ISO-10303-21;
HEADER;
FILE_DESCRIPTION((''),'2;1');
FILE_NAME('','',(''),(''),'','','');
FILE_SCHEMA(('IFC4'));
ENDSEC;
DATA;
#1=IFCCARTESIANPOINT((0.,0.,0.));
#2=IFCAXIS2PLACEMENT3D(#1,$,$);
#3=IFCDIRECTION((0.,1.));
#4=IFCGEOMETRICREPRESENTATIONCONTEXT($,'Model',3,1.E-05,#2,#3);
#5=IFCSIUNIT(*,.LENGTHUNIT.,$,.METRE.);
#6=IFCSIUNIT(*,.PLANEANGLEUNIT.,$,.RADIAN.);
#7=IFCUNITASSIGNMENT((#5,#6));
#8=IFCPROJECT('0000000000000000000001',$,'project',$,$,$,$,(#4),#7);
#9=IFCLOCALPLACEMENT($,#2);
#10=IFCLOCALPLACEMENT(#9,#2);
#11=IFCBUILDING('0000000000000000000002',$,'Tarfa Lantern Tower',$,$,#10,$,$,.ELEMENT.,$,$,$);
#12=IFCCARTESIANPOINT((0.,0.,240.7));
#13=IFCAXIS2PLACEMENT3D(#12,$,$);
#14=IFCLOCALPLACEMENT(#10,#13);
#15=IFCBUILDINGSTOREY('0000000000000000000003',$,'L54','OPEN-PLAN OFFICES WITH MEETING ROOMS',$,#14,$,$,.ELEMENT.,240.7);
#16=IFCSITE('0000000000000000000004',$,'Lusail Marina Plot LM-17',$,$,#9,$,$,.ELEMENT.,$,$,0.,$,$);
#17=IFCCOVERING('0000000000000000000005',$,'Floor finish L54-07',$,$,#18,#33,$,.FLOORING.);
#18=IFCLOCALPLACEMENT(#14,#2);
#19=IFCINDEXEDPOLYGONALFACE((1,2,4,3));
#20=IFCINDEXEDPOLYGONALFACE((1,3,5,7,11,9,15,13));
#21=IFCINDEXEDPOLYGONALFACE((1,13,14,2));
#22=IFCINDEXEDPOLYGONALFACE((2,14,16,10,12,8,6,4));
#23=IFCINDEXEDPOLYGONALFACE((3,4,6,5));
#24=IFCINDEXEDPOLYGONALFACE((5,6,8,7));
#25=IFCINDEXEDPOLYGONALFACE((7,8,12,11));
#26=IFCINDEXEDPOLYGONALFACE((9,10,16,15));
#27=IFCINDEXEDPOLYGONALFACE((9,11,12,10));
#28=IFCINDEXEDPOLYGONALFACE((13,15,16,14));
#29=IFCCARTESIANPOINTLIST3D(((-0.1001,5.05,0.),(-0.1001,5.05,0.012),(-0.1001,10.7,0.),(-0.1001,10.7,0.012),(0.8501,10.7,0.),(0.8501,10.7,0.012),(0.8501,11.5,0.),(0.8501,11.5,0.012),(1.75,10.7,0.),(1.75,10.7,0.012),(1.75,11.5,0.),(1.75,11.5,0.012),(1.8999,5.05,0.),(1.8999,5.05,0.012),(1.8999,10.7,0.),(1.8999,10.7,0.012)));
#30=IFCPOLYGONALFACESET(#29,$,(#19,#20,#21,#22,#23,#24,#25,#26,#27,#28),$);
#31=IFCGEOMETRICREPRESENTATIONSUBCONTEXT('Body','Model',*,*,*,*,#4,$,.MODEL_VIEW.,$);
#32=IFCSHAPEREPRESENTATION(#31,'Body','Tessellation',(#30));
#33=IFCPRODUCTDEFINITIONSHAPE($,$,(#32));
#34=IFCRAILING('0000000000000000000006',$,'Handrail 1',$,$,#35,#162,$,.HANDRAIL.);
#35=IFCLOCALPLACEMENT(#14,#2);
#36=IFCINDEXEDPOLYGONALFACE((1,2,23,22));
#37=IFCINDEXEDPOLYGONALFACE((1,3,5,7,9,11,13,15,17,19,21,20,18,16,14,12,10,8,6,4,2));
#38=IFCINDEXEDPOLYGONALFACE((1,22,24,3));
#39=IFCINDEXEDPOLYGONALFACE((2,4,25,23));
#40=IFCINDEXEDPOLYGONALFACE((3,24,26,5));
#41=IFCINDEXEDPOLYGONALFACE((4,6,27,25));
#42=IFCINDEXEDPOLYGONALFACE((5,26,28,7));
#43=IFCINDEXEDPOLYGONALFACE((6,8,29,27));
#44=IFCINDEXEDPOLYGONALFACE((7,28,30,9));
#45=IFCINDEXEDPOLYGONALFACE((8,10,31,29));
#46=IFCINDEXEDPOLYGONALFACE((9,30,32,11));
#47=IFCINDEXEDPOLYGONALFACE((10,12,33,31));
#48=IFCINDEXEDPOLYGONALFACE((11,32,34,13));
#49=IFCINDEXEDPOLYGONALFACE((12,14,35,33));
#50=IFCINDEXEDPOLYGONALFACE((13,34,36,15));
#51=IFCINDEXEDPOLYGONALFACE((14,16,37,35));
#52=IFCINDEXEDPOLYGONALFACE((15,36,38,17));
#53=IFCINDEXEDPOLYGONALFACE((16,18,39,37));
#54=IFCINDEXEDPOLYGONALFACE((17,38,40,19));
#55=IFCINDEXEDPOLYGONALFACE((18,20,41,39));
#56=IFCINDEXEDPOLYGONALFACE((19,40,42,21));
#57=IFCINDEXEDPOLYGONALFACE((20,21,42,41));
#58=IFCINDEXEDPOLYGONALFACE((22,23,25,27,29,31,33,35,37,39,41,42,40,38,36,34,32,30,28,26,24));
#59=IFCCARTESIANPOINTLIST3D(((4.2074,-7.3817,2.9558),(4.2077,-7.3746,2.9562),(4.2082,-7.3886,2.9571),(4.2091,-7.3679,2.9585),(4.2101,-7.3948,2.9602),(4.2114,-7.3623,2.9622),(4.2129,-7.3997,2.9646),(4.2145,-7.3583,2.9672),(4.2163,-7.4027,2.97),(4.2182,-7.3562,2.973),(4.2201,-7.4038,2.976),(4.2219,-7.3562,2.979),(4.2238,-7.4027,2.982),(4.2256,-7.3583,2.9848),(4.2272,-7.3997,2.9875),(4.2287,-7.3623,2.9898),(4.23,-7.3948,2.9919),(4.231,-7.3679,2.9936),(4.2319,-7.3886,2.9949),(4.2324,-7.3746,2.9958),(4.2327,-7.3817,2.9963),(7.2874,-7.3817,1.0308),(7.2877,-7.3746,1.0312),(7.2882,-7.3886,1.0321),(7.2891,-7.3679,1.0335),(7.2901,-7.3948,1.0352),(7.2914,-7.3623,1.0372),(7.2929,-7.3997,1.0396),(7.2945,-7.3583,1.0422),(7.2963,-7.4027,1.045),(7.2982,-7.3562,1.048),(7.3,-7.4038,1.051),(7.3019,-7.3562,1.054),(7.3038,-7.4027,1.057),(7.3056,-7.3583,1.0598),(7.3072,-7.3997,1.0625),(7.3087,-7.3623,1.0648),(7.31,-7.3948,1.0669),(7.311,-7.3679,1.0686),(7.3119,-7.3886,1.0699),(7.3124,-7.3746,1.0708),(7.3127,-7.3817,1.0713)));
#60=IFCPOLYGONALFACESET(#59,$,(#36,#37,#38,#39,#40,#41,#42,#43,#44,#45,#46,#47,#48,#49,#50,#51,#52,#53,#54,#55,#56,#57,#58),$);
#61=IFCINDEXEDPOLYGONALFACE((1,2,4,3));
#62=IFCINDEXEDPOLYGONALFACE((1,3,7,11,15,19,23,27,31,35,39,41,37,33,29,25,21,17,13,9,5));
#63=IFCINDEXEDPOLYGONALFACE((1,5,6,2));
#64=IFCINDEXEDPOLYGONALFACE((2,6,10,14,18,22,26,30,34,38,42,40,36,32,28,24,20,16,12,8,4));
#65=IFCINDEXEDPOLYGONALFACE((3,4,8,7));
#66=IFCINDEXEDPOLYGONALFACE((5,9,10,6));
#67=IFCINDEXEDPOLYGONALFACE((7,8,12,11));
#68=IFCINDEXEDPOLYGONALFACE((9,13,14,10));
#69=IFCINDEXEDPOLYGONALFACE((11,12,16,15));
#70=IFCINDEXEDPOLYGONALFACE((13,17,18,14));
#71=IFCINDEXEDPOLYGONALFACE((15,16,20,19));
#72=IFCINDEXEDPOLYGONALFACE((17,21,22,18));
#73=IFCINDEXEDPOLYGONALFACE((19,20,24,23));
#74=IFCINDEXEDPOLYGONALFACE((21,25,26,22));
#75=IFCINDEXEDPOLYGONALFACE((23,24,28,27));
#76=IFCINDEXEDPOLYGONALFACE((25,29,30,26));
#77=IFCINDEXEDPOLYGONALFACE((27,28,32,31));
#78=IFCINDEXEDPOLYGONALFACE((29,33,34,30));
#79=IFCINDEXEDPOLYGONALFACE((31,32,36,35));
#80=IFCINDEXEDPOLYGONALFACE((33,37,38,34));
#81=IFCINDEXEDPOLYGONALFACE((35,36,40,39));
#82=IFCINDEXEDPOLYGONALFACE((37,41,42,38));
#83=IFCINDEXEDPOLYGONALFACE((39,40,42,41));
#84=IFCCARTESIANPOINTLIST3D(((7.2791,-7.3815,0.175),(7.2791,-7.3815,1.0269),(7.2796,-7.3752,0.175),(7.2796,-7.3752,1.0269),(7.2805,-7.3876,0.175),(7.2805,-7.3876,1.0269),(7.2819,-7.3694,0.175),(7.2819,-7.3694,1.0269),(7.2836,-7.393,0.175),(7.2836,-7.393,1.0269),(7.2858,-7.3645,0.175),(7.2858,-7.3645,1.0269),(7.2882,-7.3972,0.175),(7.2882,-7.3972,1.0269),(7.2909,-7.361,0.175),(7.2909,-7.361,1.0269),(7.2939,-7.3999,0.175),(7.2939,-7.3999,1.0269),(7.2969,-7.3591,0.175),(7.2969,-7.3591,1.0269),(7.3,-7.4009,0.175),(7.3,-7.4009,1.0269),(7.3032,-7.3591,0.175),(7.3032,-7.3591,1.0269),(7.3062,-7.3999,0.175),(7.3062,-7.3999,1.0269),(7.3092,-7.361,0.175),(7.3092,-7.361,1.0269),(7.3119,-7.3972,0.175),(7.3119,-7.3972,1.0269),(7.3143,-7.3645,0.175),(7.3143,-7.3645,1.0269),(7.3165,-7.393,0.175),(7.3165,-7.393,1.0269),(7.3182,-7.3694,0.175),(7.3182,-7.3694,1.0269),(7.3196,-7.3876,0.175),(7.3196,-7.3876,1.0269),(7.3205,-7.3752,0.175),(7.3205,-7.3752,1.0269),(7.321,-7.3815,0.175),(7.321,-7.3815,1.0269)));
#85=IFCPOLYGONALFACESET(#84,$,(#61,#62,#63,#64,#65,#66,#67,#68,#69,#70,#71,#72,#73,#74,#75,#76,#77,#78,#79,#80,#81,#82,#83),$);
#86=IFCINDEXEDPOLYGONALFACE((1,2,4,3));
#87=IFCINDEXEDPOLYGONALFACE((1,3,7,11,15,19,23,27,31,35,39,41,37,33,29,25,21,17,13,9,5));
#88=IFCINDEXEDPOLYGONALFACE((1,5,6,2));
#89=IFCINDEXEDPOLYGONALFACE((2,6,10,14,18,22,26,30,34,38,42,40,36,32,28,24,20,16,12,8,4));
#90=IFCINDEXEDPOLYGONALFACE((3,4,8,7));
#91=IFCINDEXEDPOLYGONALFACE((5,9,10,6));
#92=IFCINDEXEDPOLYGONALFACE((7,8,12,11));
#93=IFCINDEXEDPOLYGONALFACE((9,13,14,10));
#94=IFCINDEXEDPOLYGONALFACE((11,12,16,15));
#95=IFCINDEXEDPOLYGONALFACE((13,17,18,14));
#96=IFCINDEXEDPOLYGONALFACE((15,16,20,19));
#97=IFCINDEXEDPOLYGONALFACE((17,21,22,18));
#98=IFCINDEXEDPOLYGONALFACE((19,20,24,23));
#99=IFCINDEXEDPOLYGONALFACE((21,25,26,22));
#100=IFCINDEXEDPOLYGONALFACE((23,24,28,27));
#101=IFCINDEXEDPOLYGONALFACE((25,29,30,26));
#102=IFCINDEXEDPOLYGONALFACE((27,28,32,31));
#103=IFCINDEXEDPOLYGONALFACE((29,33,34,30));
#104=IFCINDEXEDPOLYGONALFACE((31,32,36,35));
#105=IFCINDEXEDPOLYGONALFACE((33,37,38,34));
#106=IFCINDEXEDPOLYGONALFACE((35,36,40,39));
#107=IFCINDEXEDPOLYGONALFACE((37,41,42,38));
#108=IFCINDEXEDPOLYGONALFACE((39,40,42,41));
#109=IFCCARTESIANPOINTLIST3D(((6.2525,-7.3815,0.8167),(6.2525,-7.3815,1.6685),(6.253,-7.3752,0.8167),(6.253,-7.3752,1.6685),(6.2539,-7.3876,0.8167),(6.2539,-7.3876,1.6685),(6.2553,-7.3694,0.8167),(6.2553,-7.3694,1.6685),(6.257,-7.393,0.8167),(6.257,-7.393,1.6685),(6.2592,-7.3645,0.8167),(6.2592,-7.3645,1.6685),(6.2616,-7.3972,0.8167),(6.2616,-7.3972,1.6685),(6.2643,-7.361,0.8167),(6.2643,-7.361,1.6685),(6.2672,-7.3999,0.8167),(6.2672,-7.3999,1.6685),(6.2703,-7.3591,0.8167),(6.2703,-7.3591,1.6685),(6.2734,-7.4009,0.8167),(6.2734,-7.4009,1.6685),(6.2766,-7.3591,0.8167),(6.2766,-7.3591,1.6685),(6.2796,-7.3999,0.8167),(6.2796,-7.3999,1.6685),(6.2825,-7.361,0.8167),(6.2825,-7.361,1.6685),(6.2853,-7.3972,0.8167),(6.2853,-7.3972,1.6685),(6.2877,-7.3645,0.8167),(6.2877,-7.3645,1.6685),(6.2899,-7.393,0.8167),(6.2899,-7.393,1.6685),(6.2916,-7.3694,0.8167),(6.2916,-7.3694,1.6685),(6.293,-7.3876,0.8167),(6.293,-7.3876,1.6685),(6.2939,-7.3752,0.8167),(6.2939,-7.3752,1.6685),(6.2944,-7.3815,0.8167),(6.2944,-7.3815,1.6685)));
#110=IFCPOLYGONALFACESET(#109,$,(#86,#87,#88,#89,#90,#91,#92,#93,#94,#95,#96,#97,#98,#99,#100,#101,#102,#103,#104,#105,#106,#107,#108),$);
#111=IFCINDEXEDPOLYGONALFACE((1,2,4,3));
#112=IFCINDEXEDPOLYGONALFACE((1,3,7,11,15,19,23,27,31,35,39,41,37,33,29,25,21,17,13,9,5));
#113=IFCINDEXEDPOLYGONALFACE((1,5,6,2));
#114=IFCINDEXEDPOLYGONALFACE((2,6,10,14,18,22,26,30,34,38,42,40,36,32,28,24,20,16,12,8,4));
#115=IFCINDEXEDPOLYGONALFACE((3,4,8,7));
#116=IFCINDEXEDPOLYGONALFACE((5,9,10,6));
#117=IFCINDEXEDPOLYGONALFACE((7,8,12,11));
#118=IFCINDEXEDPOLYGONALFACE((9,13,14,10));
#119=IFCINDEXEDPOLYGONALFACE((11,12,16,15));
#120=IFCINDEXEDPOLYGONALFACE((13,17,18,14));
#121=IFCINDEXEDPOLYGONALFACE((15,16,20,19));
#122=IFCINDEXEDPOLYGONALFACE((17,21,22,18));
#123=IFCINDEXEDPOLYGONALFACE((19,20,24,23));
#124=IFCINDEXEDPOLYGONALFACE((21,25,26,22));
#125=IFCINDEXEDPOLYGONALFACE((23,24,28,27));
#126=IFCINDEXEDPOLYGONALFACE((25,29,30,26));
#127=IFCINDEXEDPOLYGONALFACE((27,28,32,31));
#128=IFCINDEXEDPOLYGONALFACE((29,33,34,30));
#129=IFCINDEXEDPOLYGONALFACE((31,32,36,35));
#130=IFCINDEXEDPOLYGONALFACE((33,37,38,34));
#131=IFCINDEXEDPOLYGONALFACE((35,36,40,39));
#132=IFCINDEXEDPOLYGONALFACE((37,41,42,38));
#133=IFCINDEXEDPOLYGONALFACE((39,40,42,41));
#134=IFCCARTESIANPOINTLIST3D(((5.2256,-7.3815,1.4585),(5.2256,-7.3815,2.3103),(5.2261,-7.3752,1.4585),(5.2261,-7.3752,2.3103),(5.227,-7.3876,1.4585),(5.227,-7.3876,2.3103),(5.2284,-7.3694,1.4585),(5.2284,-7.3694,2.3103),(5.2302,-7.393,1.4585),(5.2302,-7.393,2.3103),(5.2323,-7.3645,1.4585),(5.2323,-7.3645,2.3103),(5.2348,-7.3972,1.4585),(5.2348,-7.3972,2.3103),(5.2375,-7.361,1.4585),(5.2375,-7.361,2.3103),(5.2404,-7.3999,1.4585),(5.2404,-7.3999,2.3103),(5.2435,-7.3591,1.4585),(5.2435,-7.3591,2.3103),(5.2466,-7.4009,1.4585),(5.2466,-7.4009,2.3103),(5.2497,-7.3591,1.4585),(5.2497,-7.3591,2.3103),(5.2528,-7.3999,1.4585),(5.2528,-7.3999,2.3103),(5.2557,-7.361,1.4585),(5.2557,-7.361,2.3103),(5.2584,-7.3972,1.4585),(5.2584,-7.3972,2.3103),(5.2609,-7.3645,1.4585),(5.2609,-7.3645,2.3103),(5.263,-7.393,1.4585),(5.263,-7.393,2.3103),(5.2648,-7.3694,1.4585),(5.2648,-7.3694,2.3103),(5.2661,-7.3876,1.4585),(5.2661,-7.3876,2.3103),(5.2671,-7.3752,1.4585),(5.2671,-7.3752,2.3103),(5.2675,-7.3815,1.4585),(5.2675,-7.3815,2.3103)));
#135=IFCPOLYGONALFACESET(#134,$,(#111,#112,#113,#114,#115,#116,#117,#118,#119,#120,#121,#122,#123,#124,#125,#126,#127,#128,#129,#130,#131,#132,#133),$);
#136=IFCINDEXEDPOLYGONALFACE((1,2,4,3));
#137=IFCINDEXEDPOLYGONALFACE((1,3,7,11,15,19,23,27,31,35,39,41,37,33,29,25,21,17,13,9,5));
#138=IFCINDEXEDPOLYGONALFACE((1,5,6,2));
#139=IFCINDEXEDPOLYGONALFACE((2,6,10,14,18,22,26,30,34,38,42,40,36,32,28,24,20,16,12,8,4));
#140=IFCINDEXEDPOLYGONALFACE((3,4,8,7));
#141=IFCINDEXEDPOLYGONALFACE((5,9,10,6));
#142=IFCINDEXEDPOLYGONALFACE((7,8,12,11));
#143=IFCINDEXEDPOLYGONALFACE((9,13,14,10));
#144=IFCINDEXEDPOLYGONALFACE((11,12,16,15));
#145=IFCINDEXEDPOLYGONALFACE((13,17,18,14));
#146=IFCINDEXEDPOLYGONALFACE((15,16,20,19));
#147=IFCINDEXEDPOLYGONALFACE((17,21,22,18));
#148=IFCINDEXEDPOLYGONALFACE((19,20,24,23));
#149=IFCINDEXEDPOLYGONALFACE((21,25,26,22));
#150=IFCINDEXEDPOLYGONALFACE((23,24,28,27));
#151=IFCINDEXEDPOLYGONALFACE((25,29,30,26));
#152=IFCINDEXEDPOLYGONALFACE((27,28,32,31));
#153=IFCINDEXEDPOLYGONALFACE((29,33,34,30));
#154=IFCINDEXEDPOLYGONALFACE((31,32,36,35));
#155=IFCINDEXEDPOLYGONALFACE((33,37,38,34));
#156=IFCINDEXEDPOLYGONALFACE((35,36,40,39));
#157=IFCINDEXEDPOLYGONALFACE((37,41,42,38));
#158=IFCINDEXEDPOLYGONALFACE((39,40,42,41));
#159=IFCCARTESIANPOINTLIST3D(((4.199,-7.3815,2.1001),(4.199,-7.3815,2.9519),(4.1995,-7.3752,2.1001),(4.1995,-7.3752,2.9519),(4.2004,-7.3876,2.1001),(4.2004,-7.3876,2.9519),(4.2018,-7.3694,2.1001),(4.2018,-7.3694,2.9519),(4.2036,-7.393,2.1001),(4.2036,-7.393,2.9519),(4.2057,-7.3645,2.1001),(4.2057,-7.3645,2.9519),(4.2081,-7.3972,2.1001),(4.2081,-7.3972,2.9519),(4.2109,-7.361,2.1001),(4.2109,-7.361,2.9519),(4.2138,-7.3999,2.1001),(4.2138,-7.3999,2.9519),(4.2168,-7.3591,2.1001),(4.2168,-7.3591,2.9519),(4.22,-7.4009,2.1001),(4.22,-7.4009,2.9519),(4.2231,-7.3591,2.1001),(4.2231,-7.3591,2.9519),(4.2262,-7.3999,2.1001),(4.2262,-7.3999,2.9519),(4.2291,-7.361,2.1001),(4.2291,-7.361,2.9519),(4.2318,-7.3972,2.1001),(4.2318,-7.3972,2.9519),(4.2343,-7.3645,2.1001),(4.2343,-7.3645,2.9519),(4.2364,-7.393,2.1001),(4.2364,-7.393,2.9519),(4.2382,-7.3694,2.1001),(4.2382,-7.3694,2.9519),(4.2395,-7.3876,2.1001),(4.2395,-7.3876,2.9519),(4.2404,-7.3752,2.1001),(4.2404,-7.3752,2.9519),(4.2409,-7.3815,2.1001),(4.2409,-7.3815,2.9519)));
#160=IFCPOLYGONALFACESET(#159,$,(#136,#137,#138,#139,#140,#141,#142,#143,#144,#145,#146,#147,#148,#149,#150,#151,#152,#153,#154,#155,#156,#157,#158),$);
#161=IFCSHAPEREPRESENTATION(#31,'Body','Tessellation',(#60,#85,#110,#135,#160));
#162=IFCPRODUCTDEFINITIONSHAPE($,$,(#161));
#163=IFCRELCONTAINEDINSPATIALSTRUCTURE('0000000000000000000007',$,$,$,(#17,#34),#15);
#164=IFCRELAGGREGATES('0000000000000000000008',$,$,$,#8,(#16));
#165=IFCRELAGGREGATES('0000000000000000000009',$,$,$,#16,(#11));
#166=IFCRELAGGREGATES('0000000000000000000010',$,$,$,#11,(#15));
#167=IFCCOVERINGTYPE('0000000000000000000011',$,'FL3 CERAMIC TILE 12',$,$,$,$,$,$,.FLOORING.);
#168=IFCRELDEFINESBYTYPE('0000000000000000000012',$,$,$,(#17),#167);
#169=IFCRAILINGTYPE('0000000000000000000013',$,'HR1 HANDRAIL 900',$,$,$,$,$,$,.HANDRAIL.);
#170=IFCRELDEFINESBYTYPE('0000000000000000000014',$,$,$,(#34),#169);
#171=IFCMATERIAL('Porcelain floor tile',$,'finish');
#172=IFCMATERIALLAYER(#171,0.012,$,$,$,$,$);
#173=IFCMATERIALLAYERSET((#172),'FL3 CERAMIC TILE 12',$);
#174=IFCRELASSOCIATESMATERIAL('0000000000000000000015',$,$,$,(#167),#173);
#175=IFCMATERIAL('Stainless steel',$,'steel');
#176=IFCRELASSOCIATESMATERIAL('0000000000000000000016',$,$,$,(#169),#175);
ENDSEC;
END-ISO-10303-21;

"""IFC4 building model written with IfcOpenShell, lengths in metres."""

from ifc_helpers import new_model, si_unit, direction, frame, origin, origin_2d, place, context, subcontext, project, spatial, polyline, circle, outline, extrude, material, layer, layer_set, type_object, element, save


model = new_model("IFC4")

# Units and contexts
model_context = context("Model", 3, precision=1e-05, world=origin(), true_north=direction((0.0, 1.0)))
body_context = subcontext(model_context, "Body", "Model", "MODEL_VIEW")
ifc_project = project(units=[si_unit("LENGTHUNIT", "METRE"), si_unit("PLANEANGLEUNIT", "RADIAN")], contexts=[model_context])

# Site, building, storey
site_placement = place(None, origin())
site = spatial("IfcSite", under=ifc_project, at=site_placement, Name="Lusail Marina Plot LM-17", CompositionType="ELEMENT", RefElevation=0.0)
building_placement = place(site_placement, origin())
building = spatial("IfcBuilding", under=site, at=building_placement, Name="Tarfa Lantern Tower", CompositionType="ELEMENT")
storey_placement = place(building_placement, frame((0.0, 0.0, 240.7)))
storey = spatial("IfcBuildingStorey", under=building, at=storey_placement, Name="L54", Description="OPEN-PLAN OFFICES WITH MEETING ROOMS", CompositionType="ELEMENT", Elevation=240.7)

# Covering
ifc_material_1 = material(Name="Porcelain floor tile", Category="finish")
ifc_layer_1 = layer(ifc_material_1, 0.012)
ifc_layer_set_1 = layer_set([ifc_layer_1], Name="FL3 CERAMIC TILE 12")
covering_type_1 = type_object("IfcCoveringType", Name="FL3 CERAMIC TILE 12", PredefinedType="FLOORING", material=ifc_layer_set_1)
covering_1_placement = place(storey_placement, origin())
element("IfcCovering", 1, at=covering_1_placement, inside=storey, type_object=covering_type_1, Name="Floor finish L54-07", PredefinedType="FLOORING", context=body_context, shape_type="SweptSolid", body=[
    extrude(outline(polyline([(0.8501, 10.7), (-0.1001, 10.7), (-0.1001, 5.05), (1.8999, 5.05), (1.8999, 10.7), (1.75, 10.7), (1.75, 11.5), (1.75, 11.5), (0.8501, 11.5), (0.8501, 10.7)])), origin(), (0.0, 0.0, 1.0), 0.012),
])

# Railing
ifc_material_2 = material(Name="Stainless steel", Category="steel")
railing_type = type_object("IfcRailingType", Name="HR1 HANDRAIL 900", PredefinedType="HANDRAIL", material=ifc_material_2)
railing_1_placement = place(storey_placement, frame((7.3, -7.3799, 0.175)))
element("IfcRailing", 2, at=railing_1_placement, inside=storey, type_object=railing_type, Name="Handrail 1", PredefinedType="HANDRAIL", context=body_context, shape_type="SweptSolid", body=[
    extrude(circle(Radius=0.0239, at=origin_2d()), frame((0.0, 0.0, 0.876), z_axis=(-0.847998, 0.0, 0.529999), x_axis=(0.0, -1.0, 0.0)), (0.0, 0.0, 1.0), 3.6321),
    extrude(circle(Radius=0.021, at=origin_2d()), frame((0.0, 0.0, 0.0), z_axis=(0.0, 0.0, 1.0), x_axis=(0.0, -1.0, 0.0)), (0.0, 0.0, 1.0), 0.8518),
    extrude(circle(Radius=0.021, at=origin_2d()), frame((-1.0266, 0.0, 0.6416), z_axis=(0.0, 0.0, 1.0), x_axis=(0.0, -1.0, 0.0)), (0.0, 0.0, 1.0), 0.8518),
    extrude(circle(Radius=0.021, at=origin_2d()), frame((-2.0535, 0.0, 1.2834), z_axis=(0.0, 0.0, 1.0), x_axis=(0.0, -1.0, 0.0)), (0.0, 0.0, 1.0), 0.8518),
    extrude(circle(Radius=0.021, at=origin_2d()), frame((-3.0801, 0.0, 1.925), z_axis=(0.0, 0.0, 1.0), x_axis=(0.0, -1.0, 0.0)), (0.0, 0.0, 1.0), 0.8518),
])

save(model, "model.ifc")
